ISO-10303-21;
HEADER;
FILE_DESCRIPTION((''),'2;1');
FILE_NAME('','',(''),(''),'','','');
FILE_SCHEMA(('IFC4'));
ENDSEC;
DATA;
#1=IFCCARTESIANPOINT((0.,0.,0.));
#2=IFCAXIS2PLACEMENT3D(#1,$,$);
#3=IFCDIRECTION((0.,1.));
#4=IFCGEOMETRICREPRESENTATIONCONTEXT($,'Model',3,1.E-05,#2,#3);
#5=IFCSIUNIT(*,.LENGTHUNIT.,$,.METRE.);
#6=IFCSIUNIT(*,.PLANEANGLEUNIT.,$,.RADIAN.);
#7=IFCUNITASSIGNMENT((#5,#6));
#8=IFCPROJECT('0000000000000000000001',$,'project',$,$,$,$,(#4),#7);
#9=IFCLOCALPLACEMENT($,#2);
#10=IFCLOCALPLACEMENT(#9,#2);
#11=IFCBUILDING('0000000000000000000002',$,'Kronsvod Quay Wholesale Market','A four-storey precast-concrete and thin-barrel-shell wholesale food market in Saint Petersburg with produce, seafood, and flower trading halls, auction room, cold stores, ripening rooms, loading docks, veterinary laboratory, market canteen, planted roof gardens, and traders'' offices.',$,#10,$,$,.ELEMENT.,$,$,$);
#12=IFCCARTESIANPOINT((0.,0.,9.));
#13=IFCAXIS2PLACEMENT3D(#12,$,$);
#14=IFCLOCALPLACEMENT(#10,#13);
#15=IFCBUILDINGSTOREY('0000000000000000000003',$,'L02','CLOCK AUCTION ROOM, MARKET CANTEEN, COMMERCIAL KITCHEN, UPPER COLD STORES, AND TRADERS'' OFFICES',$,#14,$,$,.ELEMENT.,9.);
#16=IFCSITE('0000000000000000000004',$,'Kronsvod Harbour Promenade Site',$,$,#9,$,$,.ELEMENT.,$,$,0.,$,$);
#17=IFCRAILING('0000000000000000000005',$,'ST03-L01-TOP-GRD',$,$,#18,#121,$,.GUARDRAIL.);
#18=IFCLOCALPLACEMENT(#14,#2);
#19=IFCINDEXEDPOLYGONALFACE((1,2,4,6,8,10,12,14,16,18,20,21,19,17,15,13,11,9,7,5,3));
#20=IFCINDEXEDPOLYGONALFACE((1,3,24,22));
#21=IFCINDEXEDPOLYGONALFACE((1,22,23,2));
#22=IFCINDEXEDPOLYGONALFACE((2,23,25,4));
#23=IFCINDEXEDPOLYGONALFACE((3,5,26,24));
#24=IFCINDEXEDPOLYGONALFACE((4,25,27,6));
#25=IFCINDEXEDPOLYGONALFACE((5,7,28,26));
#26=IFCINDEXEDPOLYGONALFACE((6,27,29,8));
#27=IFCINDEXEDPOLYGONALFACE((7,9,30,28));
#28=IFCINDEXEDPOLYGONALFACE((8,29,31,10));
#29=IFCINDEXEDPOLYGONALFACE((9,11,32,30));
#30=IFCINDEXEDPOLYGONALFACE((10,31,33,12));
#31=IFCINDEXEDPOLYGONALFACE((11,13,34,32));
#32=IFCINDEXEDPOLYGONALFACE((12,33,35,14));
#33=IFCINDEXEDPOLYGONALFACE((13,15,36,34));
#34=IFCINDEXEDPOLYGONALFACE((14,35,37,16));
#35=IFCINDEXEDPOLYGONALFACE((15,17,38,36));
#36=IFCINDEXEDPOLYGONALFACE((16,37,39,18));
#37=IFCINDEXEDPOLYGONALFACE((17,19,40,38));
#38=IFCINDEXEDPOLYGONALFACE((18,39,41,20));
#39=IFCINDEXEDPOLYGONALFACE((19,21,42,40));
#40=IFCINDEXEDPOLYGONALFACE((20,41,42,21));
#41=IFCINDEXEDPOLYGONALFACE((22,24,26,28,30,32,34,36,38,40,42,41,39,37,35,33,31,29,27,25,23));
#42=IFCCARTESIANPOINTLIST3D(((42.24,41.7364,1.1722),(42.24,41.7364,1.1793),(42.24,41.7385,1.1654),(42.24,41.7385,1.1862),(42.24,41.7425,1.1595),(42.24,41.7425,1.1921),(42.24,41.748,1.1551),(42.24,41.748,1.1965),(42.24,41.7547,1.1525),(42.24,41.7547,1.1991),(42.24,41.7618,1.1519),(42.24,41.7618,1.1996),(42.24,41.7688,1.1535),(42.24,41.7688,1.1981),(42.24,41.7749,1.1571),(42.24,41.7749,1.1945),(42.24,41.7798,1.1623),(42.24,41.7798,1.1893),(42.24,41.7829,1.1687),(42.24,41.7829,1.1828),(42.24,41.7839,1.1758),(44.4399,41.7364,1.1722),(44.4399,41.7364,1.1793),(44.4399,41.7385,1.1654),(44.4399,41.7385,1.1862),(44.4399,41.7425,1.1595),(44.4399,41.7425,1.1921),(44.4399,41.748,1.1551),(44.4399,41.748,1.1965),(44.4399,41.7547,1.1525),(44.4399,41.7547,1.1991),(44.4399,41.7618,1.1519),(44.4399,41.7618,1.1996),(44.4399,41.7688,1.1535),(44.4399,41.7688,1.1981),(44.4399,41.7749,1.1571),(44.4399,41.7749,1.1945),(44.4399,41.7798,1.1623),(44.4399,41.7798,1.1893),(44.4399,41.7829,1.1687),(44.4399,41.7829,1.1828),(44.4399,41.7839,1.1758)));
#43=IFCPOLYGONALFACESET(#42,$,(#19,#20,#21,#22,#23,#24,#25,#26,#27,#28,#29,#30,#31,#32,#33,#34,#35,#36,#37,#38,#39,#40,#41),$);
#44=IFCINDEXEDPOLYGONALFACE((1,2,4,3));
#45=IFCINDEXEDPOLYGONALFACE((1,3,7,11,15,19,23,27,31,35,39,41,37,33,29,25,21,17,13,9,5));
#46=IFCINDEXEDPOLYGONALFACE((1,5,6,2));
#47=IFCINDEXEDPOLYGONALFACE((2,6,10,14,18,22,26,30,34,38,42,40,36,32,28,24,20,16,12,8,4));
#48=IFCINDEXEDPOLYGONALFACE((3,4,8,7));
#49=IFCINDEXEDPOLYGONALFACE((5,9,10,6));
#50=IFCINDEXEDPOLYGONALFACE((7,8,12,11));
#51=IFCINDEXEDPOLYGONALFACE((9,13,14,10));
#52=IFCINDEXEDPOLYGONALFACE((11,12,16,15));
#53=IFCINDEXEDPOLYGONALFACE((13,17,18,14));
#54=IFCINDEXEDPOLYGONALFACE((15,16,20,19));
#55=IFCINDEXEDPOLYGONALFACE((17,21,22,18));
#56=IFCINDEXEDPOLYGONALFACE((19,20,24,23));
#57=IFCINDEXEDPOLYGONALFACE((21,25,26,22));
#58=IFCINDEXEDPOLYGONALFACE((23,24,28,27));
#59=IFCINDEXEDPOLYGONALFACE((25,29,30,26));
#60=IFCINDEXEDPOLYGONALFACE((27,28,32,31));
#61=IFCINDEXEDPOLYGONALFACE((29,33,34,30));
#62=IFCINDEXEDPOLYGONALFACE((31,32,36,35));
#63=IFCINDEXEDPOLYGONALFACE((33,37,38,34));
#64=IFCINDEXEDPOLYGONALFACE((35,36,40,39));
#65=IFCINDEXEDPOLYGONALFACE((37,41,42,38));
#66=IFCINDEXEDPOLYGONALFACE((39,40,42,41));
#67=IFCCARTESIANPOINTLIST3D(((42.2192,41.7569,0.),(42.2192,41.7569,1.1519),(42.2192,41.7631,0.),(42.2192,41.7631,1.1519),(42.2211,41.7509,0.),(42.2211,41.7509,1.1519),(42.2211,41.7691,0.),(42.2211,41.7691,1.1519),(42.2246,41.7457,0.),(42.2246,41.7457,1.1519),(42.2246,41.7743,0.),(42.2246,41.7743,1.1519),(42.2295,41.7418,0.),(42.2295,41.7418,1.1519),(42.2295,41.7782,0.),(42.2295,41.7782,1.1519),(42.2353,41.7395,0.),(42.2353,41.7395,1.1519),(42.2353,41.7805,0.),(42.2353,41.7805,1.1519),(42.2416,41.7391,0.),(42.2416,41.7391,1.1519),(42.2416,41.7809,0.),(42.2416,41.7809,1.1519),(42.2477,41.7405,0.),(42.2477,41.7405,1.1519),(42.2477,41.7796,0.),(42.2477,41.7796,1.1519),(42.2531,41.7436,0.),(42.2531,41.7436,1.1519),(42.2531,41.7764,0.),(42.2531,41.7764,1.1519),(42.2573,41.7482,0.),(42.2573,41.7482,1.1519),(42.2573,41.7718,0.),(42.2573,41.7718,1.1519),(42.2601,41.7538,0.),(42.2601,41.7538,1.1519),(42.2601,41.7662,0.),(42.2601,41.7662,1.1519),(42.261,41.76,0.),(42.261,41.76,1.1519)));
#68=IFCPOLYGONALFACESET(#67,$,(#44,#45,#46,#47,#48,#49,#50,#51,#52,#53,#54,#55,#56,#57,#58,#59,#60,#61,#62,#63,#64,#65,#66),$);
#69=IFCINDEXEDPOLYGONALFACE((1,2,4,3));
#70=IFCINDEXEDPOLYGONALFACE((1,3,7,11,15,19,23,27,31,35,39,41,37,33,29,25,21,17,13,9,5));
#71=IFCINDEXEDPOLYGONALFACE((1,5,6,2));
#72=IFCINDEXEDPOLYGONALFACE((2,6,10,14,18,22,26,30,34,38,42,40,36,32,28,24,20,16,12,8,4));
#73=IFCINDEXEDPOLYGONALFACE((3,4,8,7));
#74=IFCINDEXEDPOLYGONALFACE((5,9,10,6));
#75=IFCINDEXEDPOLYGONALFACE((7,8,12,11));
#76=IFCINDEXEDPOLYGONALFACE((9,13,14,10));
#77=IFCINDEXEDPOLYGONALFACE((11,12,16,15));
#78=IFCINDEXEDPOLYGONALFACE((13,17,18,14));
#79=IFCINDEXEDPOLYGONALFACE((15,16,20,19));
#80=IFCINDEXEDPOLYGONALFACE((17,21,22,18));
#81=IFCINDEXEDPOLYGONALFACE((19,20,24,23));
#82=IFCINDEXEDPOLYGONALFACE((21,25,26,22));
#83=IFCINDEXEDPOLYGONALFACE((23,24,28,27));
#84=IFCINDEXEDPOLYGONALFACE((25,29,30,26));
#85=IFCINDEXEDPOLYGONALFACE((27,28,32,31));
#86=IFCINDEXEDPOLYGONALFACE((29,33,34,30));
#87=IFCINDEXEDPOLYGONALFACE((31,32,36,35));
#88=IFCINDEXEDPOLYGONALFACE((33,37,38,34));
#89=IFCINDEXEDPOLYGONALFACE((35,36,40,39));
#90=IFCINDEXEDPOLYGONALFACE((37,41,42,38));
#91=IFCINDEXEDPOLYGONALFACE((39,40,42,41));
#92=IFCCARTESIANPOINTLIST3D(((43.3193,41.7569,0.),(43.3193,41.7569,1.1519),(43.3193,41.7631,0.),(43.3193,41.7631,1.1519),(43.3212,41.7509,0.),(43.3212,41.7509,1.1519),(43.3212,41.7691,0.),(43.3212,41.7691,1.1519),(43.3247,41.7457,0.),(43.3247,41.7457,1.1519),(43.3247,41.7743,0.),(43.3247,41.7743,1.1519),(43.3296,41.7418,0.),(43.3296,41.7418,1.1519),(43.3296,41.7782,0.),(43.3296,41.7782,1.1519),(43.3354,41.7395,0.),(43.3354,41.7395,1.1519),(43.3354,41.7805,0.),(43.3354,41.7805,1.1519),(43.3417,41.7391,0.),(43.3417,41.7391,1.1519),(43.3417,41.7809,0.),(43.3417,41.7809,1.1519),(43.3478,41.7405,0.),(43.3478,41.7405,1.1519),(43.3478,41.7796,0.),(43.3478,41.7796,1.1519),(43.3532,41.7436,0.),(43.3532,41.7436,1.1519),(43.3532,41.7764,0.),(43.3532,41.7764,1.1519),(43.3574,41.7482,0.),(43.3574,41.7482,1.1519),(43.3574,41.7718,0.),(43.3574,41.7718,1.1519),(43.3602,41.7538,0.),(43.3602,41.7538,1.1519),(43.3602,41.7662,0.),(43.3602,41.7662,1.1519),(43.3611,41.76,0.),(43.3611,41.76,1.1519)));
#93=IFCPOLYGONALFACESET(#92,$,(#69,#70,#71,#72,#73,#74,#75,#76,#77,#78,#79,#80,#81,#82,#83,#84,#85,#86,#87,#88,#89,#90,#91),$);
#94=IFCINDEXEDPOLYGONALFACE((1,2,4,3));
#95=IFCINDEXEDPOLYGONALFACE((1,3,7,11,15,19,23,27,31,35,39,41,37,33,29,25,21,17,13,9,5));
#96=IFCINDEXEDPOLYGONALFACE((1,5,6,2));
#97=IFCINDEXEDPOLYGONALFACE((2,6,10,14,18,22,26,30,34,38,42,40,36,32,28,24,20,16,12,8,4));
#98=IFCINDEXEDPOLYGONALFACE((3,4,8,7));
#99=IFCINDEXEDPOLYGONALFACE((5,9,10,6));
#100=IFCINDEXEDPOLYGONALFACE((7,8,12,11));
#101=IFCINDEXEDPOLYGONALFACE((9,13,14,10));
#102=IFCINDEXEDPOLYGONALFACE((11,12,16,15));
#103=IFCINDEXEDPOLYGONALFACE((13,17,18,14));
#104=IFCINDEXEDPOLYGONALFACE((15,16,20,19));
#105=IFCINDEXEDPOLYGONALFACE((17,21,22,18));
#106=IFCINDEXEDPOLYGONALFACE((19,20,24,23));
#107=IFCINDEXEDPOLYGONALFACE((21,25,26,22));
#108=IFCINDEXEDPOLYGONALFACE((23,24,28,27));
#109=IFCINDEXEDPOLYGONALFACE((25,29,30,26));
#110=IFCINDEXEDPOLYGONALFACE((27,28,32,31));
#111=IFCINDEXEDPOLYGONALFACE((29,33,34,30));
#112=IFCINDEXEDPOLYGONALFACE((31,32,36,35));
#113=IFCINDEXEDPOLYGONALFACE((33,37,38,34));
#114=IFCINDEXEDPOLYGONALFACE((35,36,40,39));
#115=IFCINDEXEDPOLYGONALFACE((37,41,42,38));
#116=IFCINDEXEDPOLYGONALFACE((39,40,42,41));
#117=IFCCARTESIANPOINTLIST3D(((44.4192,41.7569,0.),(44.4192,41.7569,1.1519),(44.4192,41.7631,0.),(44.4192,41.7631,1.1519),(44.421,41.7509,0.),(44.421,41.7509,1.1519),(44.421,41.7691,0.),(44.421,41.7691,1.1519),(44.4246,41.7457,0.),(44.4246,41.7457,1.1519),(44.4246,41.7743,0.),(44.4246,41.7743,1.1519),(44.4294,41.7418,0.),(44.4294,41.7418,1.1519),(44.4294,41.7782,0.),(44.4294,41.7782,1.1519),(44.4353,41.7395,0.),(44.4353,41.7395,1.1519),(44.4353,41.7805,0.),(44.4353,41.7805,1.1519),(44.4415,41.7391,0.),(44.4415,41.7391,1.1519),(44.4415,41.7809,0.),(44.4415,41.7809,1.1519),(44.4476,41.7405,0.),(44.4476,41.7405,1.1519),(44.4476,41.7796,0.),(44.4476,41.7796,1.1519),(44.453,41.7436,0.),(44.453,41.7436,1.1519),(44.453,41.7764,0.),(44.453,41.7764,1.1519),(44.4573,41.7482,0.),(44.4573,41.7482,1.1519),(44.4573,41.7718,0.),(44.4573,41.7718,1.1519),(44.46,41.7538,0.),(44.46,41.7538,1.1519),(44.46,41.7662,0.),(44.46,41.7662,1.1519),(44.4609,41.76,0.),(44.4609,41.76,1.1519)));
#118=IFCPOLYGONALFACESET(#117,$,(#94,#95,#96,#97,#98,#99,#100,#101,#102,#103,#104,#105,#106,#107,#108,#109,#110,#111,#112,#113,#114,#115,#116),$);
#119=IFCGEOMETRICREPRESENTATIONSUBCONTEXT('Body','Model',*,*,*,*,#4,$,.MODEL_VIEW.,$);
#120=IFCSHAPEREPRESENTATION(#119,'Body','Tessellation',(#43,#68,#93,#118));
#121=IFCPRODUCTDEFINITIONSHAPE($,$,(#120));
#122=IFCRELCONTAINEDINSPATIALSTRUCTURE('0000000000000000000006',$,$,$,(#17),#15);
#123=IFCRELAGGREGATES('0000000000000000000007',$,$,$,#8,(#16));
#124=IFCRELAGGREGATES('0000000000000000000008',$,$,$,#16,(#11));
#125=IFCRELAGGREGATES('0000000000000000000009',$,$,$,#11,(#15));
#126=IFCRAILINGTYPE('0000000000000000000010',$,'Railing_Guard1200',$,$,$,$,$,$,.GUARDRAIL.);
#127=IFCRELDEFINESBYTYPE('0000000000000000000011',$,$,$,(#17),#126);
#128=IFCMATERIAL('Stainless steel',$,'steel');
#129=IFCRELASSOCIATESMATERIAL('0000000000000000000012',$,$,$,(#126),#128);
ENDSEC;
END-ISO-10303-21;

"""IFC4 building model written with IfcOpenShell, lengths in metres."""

from ifc_helpers import new_model, si_unit, direction, frame, origin, origin_2d, place, context, subcontext, project, spatial, circle, extrude, material, type_object, element, save


model = new_model("IFC4")

# Units and contexts
model_context = context("Model", 3, precision=1e-05, world=origin(), true_north=direction((0.0, 1.0)))
body_context = subcontext(model_context, "Body", "Model", "MODEL_VIEW")
ifc_project = project(units=[si_unit("LENGTHUNIT", "METRE"), si_unit("PLANEANGLEUNIT", "RADIAN")], contexts=[model_context])

# Site, building, storey
site_placement = place(None, origin())
site = spatial("IfcSite", under=ifc_project, at=site_placement, Name="Kronsvod Harbour Promenade Site", CompositionType="ELEMENT", RefElevation=0.0)
building_placement = place(site_placement, origin())
building = spatial("IfcBuilding", under=site, at=building_placement, Name="Kronsvod Quay Wholesale Market", Description="A four-storey precast-concrete and thin-barrel-shell wholesale food market in Saint Petersburg with produce, seafood, and flower trading halls, auction room, cold stores, ripening rooms, loading docks, veterinary laboratory, market canteen, planted roof gardens, and traders' offices.", CompositionType="ELEMENT")
storey_placement = place(building_placement, frame((0.0, 0.0, 9.0)))
storey = spatial("IfcBuildingStorey", under=building, at=storey_placement, Name="L02", Description="CLOCK AUCTION ROOM, MARKET CANTEEN, COMMERCIAL KITCHEN, UPPER COLD STORES, AND TRADERS' OFFICES", CompositionType="ELEMENT", Elevation=9.0)

# Railing
ifc_material_1 = material(Name="Stainless steel", Category="steel")
railing_type = type_object("IfcRailingType", Name="Railing_Guard1200", PredefinedType="GUARDRAIL", material=ifc_material_1)
railing_placement = place(storey_placement, frame((42.24, 41.76, 0.0)))
element("IfcRailing", 1, at=railing_placement, inside=storey, type_object=railing_type, Name="ST03-L01-TOP-GRD", PredefinedType="GUARDRAIL", context=body_context, shape_type="SweptSolid", body=[
    extrude(circle(Radius=0.0239, at=origin_2d()), frame((0.0, 0.0, 1.1758), z_axis=(1.0, 0.0, 0.0), x_axis=(0.0, 1.0, 0.0)), (0.0, 0.0, 1.0), 2.2),
    extrude(circle(Radius=0.021, at=origin_2d()), origin(), (0.0, 0.0, 1.0), 1.1519),
    extrude(circle(Radius=0.021, at=origin_2d()), frame((1.1001, 0.0, 0.0)), (0.0, 0.0, 1.0), 1.1519),
    extrude(circle(Radius=0.021, at=origin_2d()), frame((2.2, 0.0, 0.0)), (0.0, 0.0, 1.0), 1.1519),
])

save(model, "model.ifc")
